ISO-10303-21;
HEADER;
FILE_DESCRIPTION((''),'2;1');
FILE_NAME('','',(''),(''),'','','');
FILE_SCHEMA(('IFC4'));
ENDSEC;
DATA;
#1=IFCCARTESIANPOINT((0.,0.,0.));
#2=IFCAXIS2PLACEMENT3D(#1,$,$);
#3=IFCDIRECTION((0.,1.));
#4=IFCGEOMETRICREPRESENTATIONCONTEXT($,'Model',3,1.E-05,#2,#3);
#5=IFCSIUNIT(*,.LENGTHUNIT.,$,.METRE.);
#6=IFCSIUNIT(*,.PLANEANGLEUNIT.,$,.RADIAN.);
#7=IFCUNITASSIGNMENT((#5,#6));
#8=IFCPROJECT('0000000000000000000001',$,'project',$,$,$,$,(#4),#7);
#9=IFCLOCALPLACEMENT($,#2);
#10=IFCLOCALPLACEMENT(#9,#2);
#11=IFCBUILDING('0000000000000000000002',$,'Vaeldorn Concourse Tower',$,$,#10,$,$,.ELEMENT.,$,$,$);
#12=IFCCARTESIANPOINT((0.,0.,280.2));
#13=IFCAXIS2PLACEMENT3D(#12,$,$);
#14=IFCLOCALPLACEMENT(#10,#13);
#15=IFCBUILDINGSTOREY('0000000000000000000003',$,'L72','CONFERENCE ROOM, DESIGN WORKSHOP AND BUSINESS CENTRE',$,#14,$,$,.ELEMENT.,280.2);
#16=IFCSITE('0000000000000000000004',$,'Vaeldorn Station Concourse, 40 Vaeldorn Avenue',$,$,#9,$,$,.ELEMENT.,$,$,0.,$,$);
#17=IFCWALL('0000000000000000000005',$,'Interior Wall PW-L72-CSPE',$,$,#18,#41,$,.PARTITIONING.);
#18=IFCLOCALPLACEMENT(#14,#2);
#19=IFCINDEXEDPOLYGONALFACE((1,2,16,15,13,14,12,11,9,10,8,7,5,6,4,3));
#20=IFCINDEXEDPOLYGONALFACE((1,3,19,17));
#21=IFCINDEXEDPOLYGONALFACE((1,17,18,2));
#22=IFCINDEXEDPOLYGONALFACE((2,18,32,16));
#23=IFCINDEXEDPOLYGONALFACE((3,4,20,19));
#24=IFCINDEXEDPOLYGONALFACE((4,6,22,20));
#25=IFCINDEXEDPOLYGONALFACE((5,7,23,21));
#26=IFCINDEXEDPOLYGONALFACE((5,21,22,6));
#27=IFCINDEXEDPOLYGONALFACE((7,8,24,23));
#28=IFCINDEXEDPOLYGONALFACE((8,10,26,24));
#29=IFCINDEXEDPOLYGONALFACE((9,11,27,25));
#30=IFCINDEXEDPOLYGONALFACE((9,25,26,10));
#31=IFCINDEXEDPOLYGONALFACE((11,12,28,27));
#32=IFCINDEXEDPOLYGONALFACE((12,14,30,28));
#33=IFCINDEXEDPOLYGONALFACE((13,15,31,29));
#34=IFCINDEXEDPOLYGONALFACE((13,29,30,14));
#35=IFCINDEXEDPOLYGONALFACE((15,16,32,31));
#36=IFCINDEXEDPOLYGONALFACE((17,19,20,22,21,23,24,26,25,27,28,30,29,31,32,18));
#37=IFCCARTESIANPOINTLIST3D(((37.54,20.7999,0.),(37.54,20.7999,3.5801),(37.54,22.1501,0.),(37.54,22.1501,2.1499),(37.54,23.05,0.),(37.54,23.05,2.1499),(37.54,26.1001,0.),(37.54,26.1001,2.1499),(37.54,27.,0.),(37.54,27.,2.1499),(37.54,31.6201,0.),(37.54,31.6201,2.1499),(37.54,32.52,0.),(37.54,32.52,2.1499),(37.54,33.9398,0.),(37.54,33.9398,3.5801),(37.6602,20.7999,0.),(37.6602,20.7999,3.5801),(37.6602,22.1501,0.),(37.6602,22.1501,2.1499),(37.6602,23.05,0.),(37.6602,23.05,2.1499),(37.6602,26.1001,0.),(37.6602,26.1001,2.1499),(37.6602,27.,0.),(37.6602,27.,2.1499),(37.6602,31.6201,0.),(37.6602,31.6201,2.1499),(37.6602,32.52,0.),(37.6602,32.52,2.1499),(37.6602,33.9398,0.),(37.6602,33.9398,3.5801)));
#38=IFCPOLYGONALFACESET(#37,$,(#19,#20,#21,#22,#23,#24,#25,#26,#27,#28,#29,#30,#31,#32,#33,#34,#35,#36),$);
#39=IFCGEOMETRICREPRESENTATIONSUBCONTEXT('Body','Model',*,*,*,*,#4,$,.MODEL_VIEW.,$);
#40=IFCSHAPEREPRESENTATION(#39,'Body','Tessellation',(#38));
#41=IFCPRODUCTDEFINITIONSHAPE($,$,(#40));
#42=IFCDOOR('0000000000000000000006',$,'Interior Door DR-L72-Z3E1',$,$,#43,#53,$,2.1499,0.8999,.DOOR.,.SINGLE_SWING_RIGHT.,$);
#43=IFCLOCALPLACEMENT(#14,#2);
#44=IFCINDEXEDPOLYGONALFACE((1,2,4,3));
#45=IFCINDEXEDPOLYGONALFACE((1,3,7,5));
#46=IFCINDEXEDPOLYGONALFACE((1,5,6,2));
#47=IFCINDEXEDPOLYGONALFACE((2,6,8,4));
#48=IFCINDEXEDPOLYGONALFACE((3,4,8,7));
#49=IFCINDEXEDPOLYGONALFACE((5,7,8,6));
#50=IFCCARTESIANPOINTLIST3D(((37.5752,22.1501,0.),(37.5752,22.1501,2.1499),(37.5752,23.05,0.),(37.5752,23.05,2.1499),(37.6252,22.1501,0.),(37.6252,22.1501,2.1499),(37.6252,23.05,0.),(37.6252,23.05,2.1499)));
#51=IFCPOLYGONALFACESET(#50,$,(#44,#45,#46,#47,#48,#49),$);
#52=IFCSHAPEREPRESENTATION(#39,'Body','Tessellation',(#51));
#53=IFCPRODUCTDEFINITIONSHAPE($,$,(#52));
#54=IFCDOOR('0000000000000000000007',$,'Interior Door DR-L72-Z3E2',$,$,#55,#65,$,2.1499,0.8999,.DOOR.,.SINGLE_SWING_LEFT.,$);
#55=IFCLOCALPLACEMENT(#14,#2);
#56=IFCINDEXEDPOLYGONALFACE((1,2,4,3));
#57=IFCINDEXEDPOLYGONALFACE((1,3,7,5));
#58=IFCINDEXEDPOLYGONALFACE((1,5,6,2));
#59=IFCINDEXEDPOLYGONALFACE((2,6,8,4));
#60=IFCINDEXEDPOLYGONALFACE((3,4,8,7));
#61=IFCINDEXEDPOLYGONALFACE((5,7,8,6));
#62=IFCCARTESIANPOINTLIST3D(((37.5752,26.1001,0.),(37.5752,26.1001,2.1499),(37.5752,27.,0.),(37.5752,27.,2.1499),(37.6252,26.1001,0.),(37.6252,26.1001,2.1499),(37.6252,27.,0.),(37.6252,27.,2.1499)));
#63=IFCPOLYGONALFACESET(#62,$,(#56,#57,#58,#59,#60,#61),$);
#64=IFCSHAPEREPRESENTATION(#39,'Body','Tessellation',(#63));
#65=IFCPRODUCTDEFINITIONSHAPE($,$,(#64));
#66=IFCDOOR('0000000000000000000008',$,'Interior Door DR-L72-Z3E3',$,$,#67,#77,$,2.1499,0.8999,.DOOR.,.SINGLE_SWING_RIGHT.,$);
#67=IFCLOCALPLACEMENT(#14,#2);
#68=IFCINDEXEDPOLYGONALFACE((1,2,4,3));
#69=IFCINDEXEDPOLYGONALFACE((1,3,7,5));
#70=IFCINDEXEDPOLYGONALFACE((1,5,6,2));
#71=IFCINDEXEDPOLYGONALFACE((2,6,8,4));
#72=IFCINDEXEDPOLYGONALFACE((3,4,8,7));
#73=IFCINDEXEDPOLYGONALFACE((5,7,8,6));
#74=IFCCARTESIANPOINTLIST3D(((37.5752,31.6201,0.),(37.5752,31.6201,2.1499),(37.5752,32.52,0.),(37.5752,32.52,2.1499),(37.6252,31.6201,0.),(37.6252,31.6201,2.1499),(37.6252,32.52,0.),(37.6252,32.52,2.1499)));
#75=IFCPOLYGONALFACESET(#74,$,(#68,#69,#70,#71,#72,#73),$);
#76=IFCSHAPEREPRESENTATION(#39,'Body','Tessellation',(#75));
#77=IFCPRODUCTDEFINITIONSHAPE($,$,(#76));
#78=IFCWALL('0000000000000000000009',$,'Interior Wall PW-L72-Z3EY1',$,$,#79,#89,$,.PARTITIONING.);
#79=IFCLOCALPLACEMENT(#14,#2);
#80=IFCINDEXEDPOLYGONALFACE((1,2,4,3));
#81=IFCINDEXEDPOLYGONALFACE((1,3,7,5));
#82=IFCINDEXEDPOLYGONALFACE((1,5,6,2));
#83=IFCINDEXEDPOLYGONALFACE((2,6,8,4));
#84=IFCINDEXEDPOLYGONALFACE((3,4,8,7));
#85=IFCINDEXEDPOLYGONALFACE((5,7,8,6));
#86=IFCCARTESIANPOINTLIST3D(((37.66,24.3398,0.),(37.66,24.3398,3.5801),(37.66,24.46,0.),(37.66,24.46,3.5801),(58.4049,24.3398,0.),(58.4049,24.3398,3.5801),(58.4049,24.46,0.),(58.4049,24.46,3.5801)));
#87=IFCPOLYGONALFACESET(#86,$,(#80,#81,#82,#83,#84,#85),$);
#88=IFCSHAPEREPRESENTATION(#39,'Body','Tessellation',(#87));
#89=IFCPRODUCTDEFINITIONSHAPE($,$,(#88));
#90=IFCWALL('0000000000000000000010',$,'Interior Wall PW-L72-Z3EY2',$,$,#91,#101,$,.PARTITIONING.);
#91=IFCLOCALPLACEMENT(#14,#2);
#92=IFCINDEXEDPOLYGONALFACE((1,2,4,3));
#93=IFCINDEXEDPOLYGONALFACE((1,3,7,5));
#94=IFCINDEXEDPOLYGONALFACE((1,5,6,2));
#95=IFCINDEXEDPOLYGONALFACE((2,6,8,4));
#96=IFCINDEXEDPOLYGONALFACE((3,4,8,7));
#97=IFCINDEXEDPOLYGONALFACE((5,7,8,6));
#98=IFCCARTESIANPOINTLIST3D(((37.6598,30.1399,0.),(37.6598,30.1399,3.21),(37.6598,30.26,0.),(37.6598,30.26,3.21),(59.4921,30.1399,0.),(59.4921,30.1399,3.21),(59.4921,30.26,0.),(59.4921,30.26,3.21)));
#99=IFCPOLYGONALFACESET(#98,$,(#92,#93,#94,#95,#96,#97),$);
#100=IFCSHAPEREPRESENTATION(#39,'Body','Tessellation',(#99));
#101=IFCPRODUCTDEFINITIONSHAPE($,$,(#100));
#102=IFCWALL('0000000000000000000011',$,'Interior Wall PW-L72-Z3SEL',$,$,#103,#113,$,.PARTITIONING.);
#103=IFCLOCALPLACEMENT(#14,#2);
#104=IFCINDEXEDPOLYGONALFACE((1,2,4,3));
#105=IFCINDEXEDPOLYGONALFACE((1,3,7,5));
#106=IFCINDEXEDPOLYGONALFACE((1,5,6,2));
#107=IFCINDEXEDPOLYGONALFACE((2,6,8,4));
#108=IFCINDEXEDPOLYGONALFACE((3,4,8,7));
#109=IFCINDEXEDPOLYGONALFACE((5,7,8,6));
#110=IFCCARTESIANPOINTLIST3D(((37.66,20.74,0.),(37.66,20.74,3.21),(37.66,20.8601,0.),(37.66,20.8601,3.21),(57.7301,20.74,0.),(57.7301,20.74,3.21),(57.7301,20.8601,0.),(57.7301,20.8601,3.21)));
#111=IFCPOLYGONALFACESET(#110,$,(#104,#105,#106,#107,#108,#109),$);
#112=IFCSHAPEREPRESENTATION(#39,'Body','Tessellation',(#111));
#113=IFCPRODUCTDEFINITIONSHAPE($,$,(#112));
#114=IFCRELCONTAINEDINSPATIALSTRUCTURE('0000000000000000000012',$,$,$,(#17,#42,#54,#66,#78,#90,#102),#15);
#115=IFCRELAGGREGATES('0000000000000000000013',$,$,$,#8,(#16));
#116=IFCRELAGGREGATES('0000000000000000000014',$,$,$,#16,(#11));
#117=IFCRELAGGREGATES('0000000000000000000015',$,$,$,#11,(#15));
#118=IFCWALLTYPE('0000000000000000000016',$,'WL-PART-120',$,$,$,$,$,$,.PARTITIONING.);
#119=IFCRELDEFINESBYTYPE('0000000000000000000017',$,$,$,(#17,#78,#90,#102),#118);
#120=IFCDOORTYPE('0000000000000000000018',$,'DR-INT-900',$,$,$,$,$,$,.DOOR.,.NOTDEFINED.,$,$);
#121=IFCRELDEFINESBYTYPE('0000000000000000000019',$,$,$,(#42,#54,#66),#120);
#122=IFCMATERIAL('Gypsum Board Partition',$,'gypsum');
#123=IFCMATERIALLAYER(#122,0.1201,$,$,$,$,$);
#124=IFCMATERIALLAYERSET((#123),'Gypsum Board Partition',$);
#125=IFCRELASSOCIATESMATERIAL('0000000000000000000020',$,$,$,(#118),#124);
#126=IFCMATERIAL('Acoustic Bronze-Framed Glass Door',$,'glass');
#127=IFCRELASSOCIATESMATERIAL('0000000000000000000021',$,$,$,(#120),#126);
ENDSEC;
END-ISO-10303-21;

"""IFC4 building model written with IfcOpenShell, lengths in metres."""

from ifc_helpers import new_model, si_unit, direction, frame, frame_2d, origin, place, context, subcontext, project, spatial, rectangle, extrude, source, transform, mapped, material, layer, layer_set, type_object, element, fill, save


model = new_model("IFC4")

# Units and contexts
model_context = context("Model", 3, precision=1e-05, world=origin(), true_north=direction((0.0, 1.0)))
body_context = subcontext(model_context, "Body", "Model", "MODEL_VIEW")
ifc_project = project(units=[si_unit("LENGTHUNIT", "METRE"), si_unit("PLANEANGLEUNIT", "RADIAN")], contexts=[model_context])

# Site, building, storey
site_placement = place(None, origin())
site = spatial("IfcSite", under=ifc_project, at=site_placement, Name="Vaeldorn Station Concourse, 40 Vaeldorn Avenue", CompositionType="ELEMENT", RefElevation=0.0)
building_placement = place(site_placement, origin())
building = spatial("IfcBuilding", under=site, at=building_placement, Name="Vaeldorn Concourse Tower", CompositionType="ELEMENT")
storey_placement = place(building_placement, frame((0.0, 0.0, 280.2)))
storey = spatial("IfcBuildingStorey", under=building, at=storey_placement, Name="L72", Description="CONFERENCE ROOM, DESIGN WORKSHOP AND BUSINESS CENTRE", CompositionType="ELEMENT", Elevation=280.2)

# Shared definitions
ifc_material_1 = material(Name="Gypsum Board Partition", Category="gypsum")
ifc_layer_1 = layer(ifc_material_1, 0.1201)
ifc_layer_set_1 = layer_set([ifc_layer_1], Name="Gypsum Board Partition")
wall_type_1 = type_object("IfcWallType", Name="WL-PART-120", PredefinedType="PARTITIONING", material=ifc_layer_set_1)

# Wall, openings, doors
ifc_material_2 = material(Name="Acoustic Bronze-Framed Glass Door", Category="glass")
door_type_1 = type_object("IfcDoorType", Name="DR-INT-900", OperationType="NOTDEFINED", PredefinedType="DOOR", material=ifc_material_2)
shared_shape_1 = source(origin(), body_context, "Body", "SweptSolid", [
    extrude(rectangle(XDim=0.8999, YDim=2.1499, at=frame_2d((0.45, 1.075))), frame((0.0, 0.0249, 0.0), z_axis=(0.0, -1.0, 0.0), x_axis=(1.0, 0.0, 0.0)), (0.0, 0.0, 1.0), 0.05),
])
wall_1_placement = place(storey_placement, frame((37.6001, 20.8, 0.0), z_axis=(0.0, 0.0, 1.0), x_axis=(0.0, 1.0, 0.0)))
wall_1 = element("IfcWall", 1, at=wall_1_placement, inside=storey, type_object=wall_type_1, Name="Interior Wall PW-L72-CSPE", PredefinedType="PARTITIONING", context=body_context, shape_type="SweptSolid", body=[
    extrude(rectangle(XDim=13.1399, YDim=0.1201, at=frame_2d((6.5698, 0.0))), origin(), (0.0, 0.0, 1.0), 3.5801),
])
opening_1_placement = place(wall_1_placement, frame((1.3501, 0.0, 0.0)))
opening_1 = element("IfcOpeningElement", 2, at=opening_1_placement, cuts=wall_1, PredefinedType="OPENING", context=body_context, shape_type="SweptSolid", body=[
    extrude(rectangle(XDim=0.8999, YDim=2.1499, at=frame_2d((0.45, 1.075))), frame((0.0, 0.0701, 0.0), z_axis=(0.0, -1.0, 0.0), x_axis=(1.0, 0.0, 0.0)), (0.0, 0.0, 1.0), 0.1401),
])
opening_2_placement = place(wall_1_placement, frame((5.3, 0.0, 0.0)))
opening_2 = element("IfcOpeningElement", 3, at=opening_2_placement, cuts=wall_1, PredefinedType="OPENING", context=body_context, shape_type="SweptSolid", body=[
    extrude(rectangle(XDim=0.8999, YDim=2.1499, at=frame_2d((0.45, 1.075))), frame((0.0, 0.0701, 0.0), z_axis=(0.0, -1.0, 0.0), x_axis=(1.0, 0.0, 0.0)), (0.0, 0.0, 1.0), 0.1401),
])
opening_3_placement = place(wall_1_placement, frame((10.8201, 0.0, 0.0)))
opening_3 = element("IfcOpeningElement", 4, at=opening_3_placement, cuts=wall_1, PredefinedType="OPENING", context=body_context, shape_type="SweptSolid", body=[
    extrude(rectangle(XDim=0.8999, YDim=2.1499, at=frame_2d((0.45, 1.075))), frame((0.0, 0.0701, 0.0), z_axis=(0.0, -1.0, 0.0), x_axis=(1.0, 0.0, 0.0)), (0.0, 0.0, 1.0), 0.1401),
])
door_1_placement = place(opening_1_placement, origin())
door_1 = element("IfcDoor", 5, at=door_1_placement, inside=storey, type_object=door_type_1, Name="Interior Door DR-L72-Z3E1", OperationType="SINGLE_SWING_RIGHT", OverallHeight=2.1499, OverallWidth=0.8999, PredefinedType="DOOR", context=body_context, shape_type="MappedRepresentation", body=[
    mapped(shared_shape_1, transform((0.0, 0.0, 0.0), scale=1.0)),
])
fill(opening_1, door_1)
door_2_placement = place(opening_2_placement, origin())
door_2 = element("IfcDoor", 6, at=door_2_placement, inside=storey, type_object=door_type_1, Name="Interior Door DR-L72-Z3E2", OperationType="SINGLE_SWING_LEFT", OverallHeight=2.1499, OverallWidth=0.8999, PredefinedType="DOOR", context=body_context, shape_type="MappedRepresentation", body=[
    mapped(shared_shape_1, transform((0.0, 0.0, 0.0), scale=1.0)),
])
fill(opening_2, door_2)
door_3_placement = place(opening_3_placement, origin())
door_3 = element("IfcDoor", 7, at=door_3_placement, inside=storey, type_object=door_type_1, Name="Interior Door DR-L72-Z3E3", OperationType="SINGLE_SWING_RIGHT", OverallHeight=2.1499, OverallWidth=0.8999, PredefinedType="DOOR", context=body_context, shape_type="MappedRepresentation", body=[
    mapped(shared_shape_1, transform((0.0, 0.0, 0.0), scale=1.0)),
])
fill(opening_3, door_3)

# Walls
wall_2_placement = place(storey_placement, frame((37.6599, 24.3999, 0.0), z_axis=(0.0, 0.0, 1.0), x_axis=(1.0, 0.0, 0.0)))
element("IfcWall", 8, at=wall_2_placement, inside=storey, type_object=wall_type_1, Name="Interior Wall PW-L72-Z3EY1", PredefinedType="PARTITIONING", context=body_context, shape_type="SweptSolid", body=[
    extrude(rectangle(XDim=20.7449, YDim=0.1201, at=frame_2d((10.3726, 0.0))), origin(), (0.0, 0.0, 1.0), 3.5801),
])
wall_3_placement = place(storey_placement, frame((37.6599, 30.2, 0.0), z_axis=(0.0, 0.0, 1.0), x_axis=(1.0, 0.0, 0.0)))
element("IfcWall", 9, at=wall_3_placement, inside=storey, type_object=wall_type_1, Name="Interior Wall PW-L72-Z3EY2", PredefinedType="PARTITIONING", context=body_context, shape_type="SweptSolid", body=[
    extrude(rectangle(XDim=21.8323, YDim=0.1201, at=frame_2d((10.916, 0.0))), origin(), (0.0, 0.0, 1.0), 3.21),
])
wall_4_placement = place(storey_placement, frame((37.6599, 20.8, 0.0), z_axis=(0.0, 0.0, 1.0), x_axis=(1.0, 0.0, 0.0)))
element("IfcWall", 10, at=wall_4_placement, inside=storey, type_object=wall_type_1, Name="Interior Wall PW-L72-Z3SEL", PredefinedType="PARTITIONING", context=body_context, shape_type="SweptSolid", body=[
    extrude(rectangle(XDim=20.0701, YDim=0.1201, at=frame_2d((10.0352, 0.0))), origin(), (0.0, 0.0, 1.0), 3.21),
])

save(model, "model.ifc")
